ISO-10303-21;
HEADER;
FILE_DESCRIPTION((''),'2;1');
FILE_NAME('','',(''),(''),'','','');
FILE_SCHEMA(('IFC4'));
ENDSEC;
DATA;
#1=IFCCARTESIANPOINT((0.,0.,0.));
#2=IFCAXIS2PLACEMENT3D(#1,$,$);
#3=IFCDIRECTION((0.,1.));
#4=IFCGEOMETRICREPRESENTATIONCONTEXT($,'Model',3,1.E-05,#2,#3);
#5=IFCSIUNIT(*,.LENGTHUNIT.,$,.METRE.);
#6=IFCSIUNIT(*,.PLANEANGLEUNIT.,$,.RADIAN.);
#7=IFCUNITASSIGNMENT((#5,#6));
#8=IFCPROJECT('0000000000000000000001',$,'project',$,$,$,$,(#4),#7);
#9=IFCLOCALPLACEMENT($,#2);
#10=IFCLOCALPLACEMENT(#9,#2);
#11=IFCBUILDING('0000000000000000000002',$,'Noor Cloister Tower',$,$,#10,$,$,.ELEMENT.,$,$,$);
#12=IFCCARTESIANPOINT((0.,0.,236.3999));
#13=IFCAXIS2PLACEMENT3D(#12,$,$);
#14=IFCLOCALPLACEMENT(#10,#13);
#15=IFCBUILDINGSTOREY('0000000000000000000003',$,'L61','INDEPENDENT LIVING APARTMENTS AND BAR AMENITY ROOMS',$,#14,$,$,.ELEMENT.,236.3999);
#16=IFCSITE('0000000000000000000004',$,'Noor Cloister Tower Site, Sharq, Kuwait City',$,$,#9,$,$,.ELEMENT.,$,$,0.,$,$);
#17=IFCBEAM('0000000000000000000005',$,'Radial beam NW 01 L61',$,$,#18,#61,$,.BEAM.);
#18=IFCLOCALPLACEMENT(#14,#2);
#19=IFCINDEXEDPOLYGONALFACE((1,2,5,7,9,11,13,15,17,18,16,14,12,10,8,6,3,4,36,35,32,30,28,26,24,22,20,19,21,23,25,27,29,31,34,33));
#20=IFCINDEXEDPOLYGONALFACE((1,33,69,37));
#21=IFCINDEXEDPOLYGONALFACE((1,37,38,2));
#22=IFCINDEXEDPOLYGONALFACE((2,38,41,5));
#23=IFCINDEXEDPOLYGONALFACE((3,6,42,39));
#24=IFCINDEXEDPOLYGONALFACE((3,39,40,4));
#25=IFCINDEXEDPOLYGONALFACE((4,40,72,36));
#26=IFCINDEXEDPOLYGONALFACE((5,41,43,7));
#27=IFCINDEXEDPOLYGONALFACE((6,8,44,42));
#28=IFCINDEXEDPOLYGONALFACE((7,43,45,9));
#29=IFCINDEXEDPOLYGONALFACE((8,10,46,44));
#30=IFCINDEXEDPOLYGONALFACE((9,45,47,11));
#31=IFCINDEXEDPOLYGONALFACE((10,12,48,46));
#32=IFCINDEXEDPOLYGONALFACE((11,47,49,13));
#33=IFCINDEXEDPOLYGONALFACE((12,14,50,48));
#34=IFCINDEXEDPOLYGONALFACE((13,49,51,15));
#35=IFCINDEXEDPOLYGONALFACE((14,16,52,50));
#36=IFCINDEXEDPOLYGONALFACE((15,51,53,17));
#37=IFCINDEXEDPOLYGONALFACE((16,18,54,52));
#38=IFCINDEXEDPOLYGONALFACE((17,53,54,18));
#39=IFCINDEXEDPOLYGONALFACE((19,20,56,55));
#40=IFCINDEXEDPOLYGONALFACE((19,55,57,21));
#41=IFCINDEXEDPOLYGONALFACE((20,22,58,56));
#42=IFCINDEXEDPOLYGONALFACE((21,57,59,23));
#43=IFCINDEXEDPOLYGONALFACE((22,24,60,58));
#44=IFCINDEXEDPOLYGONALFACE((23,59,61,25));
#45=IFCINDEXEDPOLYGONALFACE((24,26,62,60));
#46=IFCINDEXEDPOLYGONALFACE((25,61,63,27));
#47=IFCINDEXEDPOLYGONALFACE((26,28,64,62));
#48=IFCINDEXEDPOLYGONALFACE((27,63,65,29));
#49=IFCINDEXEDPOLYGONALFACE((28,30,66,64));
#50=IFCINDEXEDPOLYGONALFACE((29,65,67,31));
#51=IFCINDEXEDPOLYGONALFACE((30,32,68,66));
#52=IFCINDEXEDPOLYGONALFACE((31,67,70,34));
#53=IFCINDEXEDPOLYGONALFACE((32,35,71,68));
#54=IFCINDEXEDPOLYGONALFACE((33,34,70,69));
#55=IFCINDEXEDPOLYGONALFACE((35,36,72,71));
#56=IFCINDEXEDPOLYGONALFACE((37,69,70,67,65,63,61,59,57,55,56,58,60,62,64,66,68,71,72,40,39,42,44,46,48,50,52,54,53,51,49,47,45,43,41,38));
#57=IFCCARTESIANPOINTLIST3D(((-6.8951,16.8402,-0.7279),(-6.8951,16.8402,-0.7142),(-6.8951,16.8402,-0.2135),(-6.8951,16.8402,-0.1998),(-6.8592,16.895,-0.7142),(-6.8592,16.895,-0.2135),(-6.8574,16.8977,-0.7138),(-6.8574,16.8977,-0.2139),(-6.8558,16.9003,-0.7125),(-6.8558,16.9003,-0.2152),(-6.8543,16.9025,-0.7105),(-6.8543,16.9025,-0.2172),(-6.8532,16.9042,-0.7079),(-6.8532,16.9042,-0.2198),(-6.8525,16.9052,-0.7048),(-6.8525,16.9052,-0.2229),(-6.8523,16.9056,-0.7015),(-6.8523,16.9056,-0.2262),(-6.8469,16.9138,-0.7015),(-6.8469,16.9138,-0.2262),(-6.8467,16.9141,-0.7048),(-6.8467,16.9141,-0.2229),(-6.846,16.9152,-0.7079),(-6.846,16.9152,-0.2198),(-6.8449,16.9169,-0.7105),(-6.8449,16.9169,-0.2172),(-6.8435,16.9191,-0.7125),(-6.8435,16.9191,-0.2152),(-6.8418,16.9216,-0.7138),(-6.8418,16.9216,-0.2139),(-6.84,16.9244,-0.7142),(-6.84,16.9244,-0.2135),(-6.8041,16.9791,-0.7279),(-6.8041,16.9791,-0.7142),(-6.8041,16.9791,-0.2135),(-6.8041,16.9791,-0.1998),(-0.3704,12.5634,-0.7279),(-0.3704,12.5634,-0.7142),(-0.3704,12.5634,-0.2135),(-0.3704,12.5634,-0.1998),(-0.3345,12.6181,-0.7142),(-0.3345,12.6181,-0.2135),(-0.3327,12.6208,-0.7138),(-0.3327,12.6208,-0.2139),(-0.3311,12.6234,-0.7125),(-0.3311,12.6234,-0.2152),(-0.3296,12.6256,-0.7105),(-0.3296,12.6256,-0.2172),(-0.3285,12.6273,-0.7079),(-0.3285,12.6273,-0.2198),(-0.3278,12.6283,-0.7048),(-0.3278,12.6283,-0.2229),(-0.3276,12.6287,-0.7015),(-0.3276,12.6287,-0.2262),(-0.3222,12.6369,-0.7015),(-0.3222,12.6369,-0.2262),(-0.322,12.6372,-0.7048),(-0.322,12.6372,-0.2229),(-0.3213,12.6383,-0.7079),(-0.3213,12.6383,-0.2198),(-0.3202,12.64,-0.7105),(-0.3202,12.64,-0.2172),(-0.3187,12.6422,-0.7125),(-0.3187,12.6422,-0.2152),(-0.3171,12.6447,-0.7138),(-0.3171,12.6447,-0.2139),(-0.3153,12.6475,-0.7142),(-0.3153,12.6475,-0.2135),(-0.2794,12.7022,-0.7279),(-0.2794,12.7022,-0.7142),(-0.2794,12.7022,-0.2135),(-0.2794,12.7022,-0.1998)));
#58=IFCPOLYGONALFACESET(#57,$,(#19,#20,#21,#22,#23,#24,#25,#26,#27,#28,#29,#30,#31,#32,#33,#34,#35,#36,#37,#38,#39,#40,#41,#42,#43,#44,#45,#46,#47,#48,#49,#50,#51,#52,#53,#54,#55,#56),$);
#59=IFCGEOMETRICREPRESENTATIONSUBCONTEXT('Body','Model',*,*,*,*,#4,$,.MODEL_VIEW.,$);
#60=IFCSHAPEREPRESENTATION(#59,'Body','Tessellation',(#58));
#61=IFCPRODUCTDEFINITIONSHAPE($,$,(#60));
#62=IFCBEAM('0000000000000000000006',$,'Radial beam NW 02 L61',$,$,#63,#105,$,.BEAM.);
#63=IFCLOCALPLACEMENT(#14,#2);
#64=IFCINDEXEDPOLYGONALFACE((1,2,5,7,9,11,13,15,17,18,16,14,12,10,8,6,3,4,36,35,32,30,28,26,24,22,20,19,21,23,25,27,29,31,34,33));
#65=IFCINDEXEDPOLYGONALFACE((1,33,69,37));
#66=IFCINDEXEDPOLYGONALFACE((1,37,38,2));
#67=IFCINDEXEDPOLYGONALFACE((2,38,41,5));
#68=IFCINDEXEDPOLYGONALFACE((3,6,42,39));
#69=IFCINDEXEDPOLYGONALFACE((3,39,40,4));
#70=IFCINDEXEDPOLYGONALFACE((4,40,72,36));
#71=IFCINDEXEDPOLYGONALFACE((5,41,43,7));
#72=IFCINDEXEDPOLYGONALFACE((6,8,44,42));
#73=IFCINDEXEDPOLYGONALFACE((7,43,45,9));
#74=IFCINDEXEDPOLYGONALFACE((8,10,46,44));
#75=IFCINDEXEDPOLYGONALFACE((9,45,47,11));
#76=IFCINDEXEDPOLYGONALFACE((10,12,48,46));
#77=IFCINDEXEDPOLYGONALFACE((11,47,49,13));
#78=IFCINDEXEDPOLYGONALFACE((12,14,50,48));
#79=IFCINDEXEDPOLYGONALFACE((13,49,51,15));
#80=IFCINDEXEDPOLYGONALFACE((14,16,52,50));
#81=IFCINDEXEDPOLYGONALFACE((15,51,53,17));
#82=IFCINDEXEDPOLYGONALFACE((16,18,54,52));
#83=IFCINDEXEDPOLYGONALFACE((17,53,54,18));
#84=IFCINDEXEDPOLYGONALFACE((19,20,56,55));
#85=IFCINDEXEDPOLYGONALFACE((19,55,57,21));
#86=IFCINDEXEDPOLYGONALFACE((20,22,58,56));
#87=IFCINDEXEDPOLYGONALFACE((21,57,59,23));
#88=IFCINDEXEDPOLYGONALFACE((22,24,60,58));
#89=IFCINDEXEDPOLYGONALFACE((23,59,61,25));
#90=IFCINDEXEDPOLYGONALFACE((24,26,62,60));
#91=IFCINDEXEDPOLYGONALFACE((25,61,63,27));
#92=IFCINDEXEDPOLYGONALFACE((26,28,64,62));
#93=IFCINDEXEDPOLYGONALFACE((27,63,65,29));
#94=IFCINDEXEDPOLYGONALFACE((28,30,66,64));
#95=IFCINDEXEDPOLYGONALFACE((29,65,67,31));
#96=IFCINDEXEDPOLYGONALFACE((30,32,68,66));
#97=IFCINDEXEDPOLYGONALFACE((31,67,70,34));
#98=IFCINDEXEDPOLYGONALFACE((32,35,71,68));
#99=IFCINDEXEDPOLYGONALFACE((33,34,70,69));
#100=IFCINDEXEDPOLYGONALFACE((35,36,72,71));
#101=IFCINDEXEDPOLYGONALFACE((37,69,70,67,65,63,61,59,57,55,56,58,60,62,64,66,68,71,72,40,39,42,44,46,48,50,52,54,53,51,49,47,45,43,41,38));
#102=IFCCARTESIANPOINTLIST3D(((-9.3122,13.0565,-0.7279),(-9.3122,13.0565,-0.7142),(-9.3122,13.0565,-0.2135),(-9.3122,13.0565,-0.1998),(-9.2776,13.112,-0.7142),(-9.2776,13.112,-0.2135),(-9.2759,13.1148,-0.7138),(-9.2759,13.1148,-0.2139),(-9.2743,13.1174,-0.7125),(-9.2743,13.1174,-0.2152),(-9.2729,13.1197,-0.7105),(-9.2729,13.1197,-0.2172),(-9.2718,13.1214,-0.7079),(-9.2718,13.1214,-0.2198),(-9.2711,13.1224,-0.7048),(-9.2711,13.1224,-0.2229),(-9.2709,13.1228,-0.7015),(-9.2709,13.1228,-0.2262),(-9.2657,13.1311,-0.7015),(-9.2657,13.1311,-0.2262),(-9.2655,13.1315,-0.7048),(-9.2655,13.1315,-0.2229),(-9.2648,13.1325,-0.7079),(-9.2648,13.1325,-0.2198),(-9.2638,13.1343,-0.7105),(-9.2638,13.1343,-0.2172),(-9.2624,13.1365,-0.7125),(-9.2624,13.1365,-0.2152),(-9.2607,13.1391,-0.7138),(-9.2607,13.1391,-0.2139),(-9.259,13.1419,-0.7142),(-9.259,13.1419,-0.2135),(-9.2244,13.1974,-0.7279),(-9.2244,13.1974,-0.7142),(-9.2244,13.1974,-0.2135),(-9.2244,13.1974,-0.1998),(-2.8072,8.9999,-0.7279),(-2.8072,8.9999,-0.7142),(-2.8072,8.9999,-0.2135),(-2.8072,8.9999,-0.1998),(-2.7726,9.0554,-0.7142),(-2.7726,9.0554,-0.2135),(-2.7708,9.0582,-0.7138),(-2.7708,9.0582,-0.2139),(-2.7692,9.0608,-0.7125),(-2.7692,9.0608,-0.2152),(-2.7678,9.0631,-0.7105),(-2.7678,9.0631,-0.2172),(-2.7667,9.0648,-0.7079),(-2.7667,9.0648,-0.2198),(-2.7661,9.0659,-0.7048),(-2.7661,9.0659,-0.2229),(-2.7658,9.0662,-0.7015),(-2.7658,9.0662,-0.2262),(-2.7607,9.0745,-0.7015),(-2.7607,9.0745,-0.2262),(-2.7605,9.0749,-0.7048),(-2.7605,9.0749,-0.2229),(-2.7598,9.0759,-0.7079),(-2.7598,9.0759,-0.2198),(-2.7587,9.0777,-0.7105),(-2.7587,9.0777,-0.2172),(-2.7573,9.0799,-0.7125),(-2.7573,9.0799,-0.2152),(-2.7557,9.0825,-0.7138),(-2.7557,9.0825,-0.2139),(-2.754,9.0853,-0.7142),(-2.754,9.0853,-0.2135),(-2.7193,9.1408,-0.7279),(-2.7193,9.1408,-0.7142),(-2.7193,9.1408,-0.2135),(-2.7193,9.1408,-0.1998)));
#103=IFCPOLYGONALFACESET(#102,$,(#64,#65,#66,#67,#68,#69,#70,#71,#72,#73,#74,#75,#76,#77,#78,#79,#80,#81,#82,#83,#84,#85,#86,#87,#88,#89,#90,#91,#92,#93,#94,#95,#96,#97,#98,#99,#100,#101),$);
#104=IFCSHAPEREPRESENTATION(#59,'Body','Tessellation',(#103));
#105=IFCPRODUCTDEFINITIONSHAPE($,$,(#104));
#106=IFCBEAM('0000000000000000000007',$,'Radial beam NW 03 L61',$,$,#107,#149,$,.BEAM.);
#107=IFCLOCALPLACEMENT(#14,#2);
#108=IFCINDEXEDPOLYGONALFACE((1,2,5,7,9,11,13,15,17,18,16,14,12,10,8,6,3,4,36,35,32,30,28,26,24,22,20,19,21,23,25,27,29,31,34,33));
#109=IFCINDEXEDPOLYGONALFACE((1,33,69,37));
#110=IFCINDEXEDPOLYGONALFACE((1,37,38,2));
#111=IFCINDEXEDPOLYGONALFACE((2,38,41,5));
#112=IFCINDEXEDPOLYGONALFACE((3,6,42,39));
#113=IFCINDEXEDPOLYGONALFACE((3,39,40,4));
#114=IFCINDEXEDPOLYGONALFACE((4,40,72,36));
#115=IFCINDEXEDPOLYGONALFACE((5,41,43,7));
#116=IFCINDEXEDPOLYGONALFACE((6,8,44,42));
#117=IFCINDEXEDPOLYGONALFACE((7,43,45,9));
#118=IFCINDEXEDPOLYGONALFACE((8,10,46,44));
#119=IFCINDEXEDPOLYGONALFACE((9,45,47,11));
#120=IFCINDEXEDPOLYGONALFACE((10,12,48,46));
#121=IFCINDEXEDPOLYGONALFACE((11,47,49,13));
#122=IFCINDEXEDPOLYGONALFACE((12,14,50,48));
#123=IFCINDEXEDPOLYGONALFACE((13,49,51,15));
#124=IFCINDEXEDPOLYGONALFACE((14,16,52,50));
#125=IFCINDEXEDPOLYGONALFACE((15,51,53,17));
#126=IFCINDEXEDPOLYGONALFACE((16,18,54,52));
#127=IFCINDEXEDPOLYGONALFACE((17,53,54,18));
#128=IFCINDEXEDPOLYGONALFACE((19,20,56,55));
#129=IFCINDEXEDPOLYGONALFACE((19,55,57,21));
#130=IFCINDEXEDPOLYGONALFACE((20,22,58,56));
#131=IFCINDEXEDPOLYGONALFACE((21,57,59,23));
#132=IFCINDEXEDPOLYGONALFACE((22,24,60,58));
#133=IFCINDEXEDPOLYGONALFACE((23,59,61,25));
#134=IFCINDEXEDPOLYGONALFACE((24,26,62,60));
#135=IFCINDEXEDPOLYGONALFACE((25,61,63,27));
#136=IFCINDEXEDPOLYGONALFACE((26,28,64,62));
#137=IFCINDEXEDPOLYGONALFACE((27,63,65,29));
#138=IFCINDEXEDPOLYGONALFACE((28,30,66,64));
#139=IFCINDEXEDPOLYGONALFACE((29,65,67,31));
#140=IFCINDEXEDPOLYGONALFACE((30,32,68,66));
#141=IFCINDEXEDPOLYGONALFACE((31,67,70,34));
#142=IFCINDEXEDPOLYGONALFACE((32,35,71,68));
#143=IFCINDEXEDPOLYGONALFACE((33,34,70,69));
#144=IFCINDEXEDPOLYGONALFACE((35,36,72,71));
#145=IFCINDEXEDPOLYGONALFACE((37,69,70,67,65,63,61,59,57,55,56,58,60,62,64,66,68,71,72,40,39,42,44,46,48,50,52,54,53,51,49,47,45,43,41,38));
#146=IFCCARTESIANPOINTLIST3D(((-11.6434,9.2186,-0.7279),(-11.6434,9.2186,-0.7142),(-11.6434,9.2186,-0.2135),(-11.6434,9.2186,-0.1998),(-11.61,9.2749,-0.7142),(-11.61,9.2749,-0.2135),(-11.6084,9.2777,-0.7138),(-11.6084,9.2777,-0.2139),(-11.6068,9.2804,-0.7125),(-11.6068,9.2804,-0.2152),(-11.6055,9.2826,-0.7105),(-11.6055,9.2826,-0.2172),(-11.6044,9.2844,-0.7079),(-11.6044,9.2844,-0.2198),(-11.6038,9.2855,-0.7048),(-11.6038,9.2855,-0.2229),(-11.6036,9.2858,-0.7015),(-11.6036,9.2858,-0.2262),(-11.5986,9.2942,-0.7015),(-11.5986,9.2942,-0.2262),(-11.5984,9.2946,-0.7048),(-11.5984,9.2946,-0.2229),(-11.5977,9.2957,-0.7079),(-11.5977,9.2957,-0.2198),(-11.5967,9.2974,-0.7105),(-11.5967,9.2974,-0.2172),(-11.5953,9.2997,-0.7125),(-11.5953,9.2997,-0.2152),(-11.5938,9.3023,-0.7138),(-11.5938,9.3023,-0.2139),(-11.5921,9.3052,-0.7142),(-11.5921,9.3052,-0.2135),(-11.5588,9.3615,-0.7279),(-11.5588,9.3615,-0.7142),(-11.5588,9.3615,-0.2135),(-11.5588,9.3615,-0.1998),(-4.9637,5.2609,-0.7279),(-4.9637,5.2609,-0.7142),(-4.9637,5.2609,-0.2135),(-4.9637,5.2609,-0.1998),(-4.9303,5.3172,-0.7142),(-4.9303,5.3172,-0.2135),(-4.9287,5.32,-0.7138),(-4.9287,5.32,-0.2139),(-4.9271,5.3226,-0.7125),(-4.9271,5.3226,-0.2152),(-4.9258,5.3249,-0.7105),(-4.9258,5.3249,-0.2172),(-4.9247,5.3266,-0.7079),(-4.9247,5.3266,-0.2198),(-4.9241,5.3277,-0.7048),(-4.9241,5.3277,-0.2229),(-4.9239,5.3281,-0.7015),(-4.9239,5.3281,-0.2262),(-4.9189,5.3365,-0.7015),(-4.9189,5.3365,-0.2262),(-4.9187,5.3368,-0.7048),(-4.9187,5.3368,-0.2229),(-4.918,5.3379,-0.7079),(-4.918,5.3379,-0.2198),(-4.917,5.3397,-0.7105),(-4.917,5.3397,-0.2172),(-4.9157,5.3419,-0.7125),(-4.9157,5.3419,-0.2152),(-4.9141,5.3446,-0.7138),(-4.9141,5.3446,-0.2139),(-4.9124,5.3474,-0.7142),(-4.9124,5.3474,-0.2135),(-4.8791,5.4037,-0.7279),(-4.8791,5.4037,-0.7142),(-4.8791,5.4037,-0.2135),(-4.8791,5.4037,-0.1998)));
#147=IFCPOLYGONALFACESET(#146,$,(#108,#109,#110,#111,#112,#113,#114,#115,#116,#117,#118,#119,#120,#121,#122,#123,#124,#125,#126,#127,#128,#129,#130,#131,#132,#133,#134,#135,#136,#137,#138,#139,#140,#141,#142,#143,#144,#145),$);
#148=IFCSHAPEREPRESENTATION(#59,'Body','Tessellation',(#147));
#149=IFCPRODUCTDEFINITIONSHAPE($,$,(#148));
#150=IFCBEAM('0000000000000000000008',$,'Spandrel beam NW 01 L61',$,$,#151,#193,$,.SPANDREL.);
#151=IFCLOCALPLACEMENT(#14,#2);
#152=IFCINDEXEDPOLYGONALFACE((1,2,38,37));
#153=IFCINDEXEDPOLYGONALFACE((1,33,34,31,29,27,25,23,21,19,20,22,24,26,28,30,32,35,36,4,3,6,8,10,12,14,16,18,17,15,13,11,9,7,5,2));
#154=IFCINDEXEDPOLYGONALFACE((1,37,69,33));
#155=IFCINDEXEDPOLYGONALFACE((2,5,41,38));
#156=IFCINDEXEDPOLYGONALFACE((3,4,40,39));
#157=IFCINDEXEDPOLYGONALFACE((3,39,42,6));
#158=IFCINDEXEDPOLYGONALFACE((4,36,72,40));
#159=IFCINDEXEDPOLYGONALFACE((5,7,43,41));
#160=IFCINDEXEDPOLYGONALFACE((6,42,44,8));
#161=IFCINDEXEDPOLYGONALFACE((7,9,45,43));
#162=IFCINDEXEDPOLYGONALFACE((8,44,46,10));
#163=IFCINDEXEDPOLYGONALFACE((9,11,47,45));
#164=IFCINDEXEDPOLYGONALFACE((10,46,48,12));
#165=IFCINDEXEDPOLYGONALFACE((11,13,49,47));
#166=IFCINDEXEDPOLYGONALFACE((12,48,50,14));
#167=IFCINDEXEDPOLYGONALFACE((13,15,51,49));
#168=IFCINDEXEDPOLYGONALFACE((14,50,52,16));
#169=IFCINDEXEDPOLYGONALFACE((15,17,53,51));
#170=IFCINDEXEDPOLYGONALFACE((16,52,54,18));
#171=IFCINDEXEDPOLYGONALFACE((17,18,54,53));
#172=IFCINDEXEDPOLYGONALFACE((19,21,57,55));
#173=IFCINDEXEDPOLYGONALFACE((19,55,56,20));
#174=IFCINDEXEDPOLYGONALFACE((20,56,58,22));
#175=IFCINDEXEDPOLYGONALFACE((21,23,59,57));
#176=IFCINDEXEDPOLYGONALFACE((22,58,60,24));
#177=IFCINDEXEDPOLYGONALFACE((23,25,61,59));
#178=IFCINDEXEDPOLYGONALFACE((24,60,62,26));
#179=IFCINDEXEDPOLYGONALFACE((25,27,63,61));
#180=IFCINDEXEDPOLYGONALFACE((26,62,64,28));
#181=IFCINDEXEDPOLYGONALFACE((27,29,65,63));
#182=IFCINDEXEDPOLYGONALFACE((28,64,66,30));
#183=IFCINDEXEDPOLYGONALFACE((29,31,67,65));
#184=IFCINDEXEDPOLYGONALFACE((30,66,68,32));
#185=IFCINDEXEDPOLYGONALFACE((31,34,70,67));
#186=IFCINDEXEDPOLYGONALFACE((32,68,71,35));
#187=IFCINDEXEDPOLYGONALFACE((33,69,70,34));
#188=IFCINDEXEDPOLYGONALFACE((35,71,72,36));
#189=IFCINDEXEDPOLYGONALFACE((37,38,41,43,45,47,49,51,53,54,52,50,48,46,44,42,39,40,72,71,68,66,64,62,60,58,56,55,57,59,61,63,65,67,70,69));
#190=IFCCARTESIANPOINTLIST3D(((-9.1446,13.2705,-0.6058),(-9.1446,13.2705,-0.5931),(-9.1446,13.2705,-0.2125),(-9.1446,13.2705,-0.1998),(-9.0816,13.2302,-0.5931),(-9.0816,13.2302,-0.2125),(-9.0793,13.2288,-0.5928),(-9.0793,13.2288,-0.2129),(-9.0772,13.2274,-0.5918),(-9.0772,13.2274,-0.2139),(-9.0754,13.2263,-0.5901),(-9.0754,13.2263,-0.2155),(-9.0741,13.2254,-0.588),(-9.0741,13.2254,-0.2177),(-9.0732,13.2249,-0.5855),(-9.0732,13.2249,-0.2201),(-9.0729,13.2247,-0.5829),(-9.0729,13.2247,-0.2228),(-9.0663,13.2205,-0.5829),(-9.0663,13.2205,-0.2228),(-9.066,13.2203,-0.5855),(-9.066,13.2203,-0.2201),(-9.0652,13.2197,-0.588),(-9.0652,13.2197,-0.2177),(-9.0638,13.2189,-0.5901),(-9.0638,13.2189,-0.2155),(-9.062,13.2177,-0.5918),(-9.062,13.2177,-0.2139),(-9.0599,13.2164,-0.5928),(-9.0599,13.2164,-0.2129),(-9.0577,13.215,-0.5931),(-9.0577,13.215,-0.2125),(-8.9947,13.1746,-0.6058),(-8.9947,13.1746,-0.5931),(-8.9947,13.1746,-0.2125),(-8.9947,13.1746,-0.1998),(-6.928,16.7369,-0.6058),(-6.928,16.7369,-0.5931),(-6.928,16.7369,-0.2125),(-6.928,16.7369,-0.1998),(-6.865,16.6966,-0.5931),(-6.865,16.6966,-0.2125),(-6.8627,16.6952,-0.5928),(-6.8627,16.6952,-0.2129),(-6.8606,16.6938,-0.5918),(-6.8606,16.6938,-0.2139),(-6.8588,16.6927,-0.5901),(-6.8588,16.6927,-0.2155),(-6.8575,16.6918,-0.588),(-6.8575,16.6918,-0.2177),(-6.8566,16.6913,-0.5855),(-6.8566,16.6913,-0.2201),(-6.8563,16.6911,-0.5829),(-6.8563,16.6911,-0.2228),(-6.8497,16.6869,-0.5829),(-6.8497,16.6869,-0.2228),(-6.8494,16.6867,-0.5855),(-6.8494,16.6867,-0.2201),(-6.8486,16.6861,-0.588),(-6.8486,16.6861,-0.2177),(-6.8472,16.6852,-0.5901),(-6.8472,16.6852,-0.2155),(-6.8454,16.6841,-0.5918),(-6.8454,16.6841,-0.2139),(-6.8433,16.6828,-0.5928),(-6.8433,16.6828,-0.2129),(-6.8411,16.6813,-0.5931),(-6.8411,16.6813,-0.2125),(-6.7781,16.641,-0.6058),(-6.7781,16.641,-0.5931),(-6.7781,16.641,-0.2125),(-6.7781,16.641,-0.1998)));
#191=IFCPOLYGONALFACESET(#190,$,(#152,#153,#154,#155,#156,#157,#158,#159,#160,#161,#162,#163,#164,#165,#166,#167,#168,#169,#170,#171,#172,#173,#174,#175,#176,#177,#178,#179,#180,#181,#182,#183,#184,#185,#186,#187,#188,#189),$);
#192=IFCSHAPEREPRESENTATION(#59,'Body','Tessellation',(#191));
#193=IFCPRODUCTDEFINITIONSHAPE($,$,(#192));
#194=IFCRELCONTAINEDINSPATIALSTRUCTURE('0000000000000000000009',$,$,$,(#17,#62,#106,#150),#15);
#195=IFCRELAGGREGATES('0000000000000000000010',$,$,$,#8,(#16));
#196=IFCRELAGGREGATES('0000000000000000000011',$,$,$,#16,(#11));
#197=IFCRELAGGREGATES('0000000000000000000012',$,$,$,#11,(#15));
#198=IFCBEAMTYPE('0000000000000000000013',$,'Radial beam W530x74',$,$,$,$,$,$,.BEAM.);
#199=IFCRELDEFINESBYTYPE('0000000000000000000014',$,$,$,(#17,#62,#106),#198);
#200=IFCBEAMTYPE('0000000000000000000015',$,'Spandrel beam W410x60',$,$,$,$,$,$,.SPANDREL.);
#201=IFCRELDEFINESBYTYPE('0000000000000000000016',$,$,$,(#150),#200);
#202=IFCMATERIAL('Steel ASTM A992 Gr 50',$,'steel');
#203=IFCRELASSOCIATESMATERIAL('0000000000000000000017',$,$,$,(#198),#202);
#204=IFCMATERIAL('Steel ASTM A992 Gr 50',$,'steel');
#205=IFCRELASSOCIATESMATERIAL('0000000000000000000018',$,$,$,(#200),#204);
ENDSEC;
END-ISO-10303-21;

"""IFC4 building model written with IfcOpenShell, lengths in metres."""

from ifc_helpers import new_model, si_unit, direction, frame, origin, origin_2d, place, context, subcontext, project, spatial, i_section, extrude, material, material_profile, profile_set, type_object, element, save


model = new_model("IFC4")

# Units and contexts
model_context = context("Model", 3, precision=1e-05, world=origin(), true_north=direction((0.0, 1.0)))
body_context = subcontext(model_context, "Body", "Model", "MODEL_VIEW")
ifc_project = project(units=[si_unit("LENGTHUNIT", "METRE"), si_unit("PLANEANGLEUNIT", "RADIAN")], contexts=[model_context])

# Site, building, storey
site_placement = place(None, origin())
site = spatial("IfcSite", under=ifc_project, at=site_placement, Name="Noor Cloister Tower Site, Sharq, Kuwait City", CompositionType="ELEMENT", RefElevation=0.0)
building_placement = place(site_placement, origin())
building = spatial("IfcBuilding", under=site, at=building_placement, Name="Noor Cloister Tower", CompositionType="ELEMENT")
storey_placement = place(building_placement, frame((0.0, 0.0, 236.3999)))
storey = spatial("IfcBuildingStorey", under=building, at=storey_placement, Name="L61", Description="INDEPENDENT LIVING APARTMENTS AND BAR AMENITY ROOMS", CompositionType="ELEMENT", Elevation=236.3999)

# Beams
ifc_material_1 = material(Name="Steel ASTM A992 Gr 50", Category="steel")
ifc_material_profile_1 = material_profile(ifc_material_1, i_section(OverallWidth=0.166, OverallDepth=0.5281, WebThickness=0.0098, FlangeThickness=0.0137, FilletRadius=0.0127, at=origin_2d()), Name="W530x74")
ifc_profile_set_1 = profile_set([ifc_material_profile_1], Name="Steel ASTM A992 Gr 50")
beam_type_1 = type_object("IfcBeamType", Name="Radial beam W530x74", PredefinedType="BEAM", material=ifc_profile_set_1)
beam_1_placement = place(storey_placement, frame((-6.8496, 16.9097, -0.4639), z_axis=(0.836339, -0.548213, 0.0), x_axis=(0.548213, 0.836339, 0.0)))
element("IfcBeam", 1, at=beam_1_placement, inside=storey, type_object=beam_type_1, Name="Radial beam NW 01 L61", PredefinedType="BEAM", context=body_context, shape_type="SweptSolid", body=[
    extrude(i_section(OverallWidth=0.166, OverallDepth=0.5281, WebThickness=0.0098, FlangeThickness=0.0137, FilletRadius=0.0127, at=origin_2d()), origin(), (0.0, 0.0, 1.0), 7.8015),
])
beam_2_placement = place(storey_placement, frame((-9.2683, 13.127, -0.4639), z_axis=(0.848529, -0.529149, 0.0), x_axis=(0.529149, 0.848529, 0.0)))
element("IfcBeam", 2, at=beam_2_placement, inside=storey, type_object=beam_type_1, Name="Radial beam NW 02 L61", PredefinedType="BEAM", context=body_context, shape_type="SweptSolid", body=[
    extrude(i_section(OverallWidth=0.166, OverallDepth=0.5281, WebThickness=0.0098, FlangeThickness=0.0137, FilletRadius=0.0127, at=origin_2d()), origin(), (0.0, 0.0, 1.0), 7.6663),
])
beam_3_placement = place(storey_placement, frame((-11.6011, 9.29, -0.4639), z_axis=(0.860324, -0.509748, 0.0), x_axis=(0.509748, 0.860324, 0.0)))
element("IfcBeam", 3, at=beam_3_placement, inside=storey, type_object=beam_type_1, Name="Radial beam NW 03 L61", PredefinedType="BEAM", context=body_context, shape_type="SweptSolid", body=[
    extrude(i_section(OverallWidth=0.166, OverallDepth=0.5281, WebThickness=0.0098, FlangeThickness=0.0137, FilletRadius=0.0127, at=origin_2d()), origin(), (0.0, 0.0, 1.0), 7.7642),
])
ifc_material_2 = material(Name="Steel ASTM A992 Gr 50", Category="steel")
ifc_material_profile_2 = material_profile(ifc_material_2, i_section(OverallWidth=0.178, OverallDepth=0.406, WebThickness=0.0078, FlangeThickness=0.0127, FilletRadius=0.0103, at=origin_2d()), Name="W410x60")
ifc_profile_set_2 = profile_set([ifc_material_profile_2], Name="Steel ASTM A992 Gr 50")
beam_type_2 = type_object("IfcBeamType", Name="Spandrel beam W410x60", PredefinedType="SPANDREL", material=ifc_profile_set_2)
for number, where, z_axis, x_axis, name in (
    (4, (-6.853, 16.689, -0.4028), (-0.538729, -0.842479, 0.0), (0.842479, -0.538729, 0.0), "Spandrel beam NW 01 L61"),
):
    element("IfcBeam", number, at=place(storey_placement, frame(where, z_axis=z_axis, x_axis=x_axis)), inside=storey, type_object=beam_type_2, Name=name, PredefinedType="SPANDREL", context=body_context, shape_type="SweptSolid", body=[
        extrude(i_section(OverallWidth=0.178, OverallDepth=0.406, WebThickness=0.0078, FlangeThickness=0.0127, FilletRadius=0.0103, at=origin_2d()), origin(), (0.0, 0.0, 1.0), 4.1145),
    ])

save(model, "model.ifc")
